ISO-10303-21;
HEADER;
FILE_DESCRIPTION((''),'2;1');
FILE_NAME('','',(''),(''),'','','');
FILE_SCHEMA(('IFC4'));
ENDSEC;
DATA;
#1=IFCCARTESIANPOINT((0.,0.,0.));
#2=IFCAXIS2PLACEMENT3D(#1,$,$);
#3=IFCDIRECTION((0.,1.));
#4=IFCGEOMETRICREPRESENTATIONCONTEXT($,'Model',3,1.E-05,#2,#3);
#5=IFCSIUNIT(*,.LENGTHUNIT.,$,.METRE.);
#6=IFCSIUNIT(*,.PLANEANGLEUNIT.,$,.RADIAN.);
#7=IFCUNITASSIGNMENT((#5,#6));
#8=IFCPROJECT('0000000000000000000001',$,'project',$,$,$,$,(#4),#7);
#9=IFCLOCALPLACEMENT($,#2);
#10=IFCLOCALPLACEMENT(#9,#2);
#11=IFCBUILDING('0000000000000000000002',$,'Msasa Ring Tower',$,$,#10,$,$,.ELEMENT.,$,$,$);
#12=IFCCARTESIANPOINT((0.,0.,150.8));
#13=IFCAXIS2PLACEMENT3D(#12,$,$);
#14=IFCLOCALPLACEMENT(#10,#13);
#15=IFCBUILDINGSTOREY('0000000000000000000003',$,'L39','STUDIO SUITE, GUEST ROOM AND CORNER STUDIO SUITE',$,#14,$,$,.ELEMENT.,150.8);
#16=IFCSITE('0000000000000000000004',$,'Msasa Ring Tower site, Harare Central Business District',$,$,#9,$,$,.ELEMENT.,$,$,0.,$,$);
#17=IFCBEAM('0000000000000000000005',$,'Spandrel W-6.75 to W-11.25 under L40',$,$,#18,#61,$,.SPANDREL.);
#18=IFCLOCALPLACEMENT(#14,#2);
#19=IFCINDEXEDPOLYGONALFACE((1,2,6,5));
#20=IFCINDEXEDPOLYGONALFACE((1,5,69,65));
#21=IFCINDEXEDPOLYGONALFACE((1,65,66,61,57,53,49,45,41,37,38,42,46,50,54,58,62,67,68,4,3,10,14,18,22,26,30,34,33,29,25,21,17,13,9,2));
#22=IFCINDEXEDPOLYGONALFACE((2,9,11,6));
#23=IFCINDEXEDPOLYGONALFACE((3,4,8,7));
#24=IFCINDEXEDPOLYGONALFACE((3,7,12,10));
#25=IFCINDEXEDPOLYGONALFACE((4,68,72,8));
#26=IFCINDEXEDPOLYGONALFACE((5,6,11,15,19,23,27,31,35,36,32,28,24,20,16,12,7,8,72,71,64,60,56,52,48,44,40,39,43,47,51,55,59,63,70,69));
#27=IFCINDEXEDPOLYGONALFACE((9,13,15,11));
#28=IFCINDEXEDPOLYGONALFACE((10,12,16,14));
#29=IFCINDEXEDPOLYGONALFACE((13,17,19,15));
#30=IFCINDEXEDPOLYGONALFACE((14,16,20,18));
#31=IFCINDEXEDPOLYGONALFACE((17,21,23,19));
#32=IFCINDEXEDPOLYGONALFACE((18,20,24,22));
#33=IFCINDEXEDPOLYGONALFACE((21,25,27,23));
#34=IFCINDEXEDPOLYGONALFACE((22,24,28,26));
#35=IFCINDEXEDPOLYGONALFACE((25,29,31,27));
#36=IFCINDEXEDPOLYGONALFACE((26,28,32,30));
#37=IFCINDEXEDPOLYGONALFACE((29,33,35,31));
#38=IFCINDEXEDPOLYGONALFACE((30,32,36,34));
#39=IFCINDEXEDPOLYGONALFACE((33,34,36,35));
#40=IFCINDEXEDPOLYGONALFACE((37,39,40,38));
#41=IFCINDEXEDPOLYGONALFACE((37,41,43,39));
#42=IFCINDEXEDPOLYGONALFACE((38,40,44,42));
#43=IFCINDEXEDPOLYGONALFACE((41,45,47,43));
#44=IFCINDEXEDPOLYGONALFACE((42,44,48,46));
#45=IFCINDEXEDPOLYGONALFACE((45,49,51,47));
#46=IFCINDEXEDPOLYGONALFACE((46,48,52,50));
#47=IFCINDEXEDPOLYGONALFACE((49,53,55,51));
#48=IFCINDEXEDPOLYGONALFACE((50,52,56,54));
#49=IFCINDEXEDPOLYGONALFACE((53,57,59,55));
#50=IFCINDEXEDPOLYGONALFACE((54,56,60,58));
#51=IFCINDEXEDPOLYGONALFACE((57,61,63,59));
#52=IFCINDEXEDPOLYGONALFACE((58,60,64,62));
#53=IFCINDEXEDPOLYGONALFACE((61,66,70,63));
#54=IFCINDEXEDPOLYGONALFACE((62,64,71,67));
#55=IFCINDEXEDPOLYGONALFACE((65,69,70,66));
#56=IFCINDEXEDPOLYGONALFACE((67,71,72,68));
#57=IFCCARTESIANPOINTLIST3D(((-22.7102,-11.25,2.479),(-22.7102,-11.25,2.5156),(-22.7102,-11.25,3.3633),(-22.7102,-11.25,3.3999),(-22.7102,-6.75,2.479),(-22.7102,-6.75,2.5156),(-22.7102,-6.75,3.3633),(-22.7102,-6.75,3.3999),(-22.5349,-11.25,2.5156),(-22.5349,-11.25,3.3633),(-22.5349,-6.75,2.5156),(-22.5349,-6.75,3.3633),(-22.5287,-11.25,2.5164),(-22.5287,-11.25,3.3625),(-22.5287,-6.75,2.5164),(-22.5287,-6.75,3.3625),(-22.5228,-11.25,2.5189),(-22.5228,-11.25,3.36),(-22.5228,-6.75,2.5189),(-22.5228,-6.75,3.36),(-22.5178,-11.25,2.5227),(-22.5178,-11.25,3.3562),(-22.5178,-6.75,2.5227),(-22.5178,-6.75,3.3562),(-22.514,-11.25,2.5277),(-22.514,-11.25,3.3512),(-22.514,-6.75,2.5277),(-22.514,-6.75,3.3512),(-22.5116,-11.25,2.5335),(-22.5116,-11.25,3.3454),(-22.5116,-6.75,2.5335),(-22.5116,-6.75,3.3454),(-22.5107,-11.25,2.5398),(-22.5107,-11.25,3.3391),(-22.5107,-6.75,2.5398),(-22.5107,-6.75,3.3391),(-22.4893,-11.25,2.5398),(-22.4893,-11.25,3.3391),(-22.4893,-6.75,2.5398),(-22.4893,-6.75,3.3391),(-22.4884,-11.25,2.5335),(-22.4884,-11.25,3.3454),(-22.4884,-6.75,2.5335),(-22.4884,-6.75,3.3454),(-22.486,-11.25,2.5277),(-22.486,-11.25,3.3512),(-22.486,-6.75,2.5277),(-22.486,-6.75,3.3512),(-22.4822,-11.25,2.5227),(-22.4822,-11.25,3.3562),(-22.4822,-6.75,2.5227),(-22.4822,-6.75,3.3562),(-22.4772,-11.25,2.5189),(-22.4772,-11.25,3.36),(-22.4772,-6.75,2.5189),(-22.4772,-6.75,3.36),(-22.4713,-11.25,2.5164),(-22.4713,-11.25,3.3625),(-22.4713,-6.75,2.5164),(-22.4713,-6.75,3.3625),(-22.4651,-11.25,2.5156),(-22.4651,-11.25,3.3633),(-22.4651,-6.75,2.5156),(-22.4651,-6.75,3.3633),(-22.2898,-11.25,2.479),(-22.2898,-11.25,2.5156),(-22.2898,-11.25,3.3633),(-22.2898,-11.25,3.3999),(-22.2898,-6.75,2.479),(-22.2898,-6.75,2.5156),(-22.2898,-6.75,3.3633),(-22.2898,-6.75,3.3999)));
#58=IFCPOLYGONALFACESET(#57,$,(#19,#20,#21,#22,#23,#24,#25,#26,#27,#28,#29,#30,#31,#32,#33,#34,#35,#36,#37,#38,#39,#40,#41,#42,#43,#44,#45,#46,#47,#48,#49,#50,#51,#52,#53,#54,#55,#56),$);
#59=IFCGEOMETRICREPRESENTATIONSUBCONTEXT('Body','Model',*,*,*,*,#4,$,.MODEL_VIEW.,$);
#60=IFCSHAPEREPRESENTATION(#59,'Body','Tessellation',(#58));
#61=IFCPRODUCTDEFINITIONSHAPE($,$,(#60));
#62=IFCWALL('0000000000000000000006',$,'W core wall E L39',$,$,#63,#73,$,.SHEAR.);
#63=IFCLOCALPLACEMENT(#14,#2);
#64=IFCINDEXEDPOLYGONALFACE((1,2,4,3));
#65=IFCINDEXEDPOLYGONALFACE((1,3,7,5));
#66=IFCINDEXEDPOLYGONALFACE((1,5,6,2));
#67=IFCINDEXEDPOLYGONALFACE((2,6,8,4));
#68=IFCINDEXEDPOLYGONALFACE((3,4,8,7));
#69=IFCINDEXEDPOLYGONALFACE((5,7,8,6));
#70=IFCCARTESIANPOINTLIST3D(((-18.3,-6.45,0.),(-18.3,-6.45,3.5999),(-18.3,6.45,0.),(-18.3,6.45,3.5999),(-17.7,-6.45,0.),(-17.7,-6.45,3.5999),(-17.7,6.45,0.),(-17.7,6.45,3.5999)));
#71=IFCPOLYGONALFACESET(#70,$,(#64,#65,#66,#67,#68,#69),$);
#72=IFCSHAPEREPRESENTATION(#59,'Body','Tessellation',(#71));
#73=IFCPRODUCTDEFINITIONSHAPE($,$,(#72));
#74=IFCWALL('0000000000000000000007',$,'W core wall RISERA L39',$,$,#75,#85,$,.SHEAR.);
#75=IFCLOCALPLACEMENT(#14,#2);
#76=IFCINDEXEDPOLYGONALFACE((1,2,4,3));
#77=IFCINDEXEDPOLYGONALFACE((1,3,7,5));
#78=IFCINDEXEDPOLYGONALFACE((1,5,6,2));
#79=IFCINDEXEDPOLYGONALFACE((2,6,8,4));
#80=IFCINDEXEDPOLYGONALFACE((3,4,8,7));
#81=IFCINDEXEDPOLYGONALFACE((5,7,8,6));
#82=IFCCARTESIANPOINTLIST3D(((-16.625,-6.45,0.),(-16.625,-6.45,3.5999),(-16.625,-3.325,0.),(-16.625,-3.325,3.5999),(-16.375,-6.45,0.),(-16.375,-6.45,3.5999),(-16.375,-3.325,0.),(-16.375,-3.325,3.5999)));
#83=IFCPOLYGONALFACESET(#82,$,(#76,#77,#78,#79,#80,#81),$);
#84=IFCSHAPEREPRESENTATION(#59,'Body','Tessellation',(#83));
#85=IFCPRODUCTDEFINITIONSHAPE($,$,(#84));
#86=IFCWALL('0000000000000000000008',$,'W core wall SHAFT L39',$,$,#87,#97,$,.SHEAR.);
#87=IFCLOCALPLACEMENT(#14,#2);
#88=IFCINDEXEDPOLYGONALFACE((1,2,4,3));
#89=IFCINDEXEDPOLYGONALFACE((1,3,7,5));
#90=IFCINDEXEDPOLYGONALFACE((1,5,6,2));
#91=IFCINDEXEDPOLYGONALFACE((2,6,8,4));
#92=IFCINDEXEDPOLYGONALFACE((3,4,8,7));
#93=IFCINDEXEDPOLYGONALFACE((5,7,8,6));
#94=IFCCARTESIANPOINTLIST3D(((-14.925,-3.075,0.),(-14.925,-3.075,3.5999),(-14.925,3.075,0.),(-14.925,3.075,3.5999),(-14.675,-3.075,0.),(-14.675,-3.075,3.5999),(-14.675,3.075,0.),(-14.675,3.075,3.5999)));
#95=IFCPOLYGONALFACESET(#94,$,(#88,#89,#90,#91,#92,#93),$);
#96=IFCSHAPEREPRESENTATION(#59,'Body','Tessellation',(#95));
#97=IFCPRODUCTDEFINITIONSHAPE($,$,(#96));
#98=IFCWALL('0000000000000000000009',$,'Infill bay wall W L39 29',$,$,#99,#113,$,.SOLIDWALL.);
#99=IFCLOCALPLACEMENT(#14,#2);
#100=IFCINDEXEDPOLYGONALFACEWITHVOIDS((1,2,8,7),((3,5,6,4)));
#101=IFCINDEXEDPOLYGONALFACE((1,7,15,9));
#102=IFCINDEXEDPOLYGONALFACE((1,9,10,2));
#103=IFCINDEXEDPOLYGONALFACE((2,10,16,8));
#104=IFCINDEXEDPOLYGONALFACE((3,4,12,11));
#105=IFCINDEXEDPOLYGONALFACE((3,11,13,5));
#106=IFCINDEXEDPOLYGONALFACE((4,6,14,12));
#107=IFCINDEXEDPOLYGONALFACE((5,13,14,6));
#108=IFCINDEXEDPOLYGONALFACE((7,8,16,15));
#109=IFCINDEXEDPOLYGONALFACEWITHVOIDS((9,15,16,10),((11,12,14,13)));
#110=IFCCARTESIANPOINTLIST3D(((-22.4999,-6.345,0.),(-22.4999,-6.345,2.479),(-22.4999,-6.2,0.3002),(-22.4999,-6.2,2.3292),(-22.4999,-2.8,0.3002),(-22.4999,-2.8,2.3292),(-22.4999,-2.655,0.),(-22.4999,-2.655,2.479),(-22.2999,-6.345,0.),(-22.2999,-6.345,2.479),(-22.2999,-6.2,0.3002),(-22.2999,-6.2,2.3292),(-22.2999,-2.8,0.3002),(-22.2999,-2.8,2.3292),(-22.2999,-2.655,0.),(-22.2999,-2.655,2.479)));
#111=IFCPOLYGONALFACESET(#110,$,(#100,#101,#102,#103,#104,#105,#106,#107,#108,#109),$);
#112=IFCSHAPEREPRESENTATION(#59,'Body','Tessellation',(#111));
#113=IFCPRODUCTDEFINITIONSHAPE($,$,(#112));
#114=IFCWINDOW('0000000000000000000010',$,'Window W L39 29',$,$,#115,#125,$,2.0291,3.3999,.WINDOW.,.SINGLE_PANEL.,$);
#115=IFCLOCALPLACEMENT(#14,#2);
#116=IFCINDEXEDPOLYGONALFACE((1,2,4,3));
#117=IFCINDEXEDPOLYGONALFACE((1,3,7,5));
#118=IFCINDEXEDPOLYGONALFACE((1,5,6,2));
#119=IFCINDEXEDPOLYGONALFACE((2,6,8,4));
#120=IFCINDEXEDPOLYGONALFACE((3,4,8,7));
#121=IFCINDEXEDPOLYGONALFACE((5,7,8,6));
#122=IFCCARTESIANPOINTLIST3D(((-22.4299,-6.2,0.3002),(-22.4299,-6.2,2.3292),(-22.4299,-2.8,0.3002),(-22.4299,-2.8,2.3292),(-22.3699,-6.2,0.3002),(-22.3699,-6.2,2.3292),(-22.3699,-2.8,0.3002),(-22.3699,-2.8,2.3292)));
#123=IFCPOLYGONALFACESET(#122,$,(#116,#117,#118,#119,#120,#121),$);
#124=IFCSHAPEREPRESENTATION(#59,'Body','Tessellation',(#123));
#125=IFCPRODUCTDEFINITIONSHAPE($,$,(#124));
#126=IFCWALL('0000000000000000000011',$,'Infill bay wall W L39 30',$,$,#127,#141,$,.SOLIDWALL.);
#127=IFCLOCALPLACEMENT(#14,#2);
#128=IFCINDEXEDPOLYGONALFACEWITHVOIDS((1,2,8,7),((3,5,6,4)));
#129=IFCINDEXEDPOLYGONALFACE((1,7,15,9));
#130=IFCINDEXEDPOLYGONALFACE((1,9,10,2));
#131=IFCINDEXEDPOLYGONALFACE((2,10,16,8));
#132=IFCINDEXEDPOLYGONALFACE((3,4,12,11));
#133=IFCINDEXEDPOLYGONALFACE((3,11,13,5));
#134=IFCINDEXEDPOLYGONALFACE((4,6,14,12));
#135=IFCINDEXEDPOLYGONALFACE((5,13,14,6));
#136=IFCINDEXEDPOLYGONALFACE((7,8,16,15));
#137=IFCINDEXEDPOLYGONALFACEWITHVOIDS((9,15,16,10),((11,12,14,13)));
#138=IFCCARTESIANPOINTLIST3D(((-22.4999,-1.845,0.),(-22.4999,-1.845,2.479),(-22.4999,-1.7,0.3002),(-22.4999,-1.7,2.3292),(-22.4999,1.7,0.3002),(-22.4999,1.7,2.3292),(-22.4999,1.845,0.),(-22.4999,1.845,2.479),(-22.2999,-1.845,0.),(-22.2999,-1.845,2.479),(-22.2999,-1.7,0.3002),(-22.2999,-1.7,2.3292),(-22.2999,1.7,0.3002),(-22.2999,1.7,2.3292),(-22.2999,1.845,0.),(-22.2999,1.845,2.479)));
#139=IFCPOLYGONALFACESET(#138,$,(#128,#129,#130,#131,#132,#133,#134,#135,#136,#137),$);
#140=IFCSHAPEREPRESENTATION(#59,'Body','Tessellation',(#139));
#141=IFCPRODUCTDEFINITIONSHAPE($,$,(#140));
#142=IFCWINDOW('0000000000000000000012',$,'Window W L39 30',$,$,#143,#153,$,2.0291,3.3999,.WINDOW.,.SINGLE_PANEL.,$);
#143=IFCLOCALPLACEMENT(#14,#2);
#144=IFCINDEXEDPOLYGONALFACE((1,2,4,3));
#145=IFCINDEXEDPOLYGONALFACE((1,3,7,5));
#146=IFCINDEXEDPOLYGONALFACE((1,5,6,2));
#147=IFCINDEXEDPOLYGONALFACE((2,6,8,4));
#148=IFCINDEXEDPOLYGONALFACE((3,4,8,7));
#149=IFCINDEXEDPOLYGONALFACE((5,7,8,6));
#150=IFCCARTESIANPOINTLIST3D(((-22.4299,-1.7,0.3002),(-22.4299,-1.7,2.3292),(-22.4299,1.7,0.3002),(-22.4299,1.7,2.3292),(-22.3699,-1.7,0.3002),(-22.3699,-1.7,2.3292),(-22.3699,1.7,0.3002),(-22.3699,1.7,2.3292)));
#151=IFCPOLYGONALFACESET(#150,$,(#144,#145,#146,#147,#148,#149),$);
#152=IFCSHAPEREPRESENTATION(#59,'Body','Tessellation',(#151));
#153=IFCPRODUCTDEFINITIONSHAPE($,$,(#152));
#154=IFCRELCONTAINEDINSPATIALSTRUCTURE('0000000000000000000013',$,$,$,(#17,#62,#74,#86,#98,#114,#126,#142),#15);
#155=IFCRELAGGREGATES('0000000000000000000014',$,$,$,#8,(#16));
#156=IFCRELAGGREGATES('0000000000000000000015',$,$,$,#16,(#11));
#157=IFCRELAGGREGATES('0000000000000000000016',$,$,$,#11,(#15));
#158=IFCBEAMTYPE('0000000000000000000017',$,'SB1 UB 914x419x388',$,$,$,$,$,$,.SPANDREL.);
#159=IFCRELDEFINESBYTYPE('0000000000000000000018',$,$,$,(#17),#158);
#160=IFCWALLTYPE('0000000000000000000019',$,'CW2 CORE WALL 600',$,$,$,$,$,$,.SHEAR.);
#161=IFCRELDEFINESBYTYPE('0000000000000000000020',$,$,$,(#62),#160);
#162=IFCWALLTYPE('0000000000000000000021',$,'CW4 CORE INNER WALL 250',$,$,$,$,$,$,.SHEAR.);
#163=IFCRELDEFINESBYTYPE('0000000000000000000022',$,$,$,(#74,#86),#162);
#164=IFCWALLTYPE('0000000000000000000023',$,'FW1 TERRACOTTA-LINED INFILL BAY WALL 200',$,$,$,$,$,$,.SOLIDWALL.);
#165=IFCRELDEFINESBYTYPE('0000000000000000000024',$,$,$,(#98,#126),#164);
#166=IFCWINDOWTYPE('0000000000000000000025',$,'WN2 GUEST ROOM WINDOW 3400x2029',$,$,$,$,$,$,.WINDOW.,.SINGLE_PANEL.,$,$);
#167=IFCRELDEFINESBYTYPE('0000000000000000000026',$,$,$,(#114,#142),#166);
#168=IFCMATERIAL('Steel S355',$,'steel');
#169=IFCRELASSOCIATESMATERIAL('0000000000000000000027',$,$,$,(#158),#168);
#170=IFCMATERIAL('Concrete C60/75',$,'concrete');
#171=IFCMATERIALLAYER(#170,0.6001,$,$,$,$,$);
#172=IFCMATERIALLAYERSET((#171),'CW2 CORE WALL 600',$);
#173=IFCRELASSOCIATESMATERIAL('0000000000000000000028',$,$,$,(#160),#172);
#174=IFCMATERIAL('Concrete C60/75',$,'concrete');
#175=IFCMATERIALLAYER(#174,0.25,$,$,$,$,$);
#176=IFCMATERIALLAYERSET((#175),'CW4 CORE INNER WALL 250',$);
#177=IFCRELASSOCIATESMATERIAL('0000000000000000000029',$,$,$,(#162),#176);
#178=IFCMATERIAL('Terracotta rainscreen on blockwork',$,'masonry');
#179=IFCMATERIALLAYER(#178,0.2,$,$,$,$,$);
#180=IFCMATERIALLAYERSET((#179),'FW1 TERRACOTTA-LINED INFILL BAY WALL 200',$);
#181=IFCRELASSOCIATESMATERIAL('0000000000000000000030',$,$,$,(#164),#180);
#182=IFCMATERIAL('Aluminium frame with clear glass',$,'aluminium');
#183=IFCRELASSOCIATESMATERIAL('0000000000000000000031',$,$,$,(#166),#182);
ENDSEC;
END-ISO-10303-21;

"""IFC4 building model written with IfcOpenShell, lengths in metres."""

from ifc_helpers import new_model, si_unit, direction, frame, frame_2d, origin, origin_2d, place, context, subcontext, project, spatial, rectangle, i_section, extrude, material, layer, layer_set, material_profile, profile_set, type_object, element, fill, save


model = new_model("IFC4")

# Units and contexts
model_context = context("Model", 3, precision=1e-05, world=origin(), true_north=direction((0.0, 1.0)))
body_context = subcontext(model_context, "Body", "Model", "MODEL_VIEW")
ifc_project = project(units=[si_unit("LENGTHUNIT", "METRE"), si_unit("PLANEANGLEUNIT", "RADIAN")], contexts=[model_context])

# Site, building, storey
site_placement = place(None, origin())
site = spatial("IfcSite", under=ifc_project, at=site_placement, Name="Msasa Ring Tower site, Harare Central Business District", CompositionType="ELEMENT", RefElevation=0.0)
building_placement = place(site_placement, origin())
building = spatial("IfcBuilding", under=site, at=building_placement, Name="Msasa Ring Tower", CompositionType="ELEMENT")
storey_placement = place(building_placement, frame((0.0, 0.0, 150.8)))
storey = spatial("IfcBuildingStorey", under=building, at=storey_placement, Name="L39", Description="STUDIO SUITE, GUEST ROOM AND CORNER STUDIO SUITE", CompositionType="ELEMENT", Elevation=150.8)

# Beam
ifc_material_1 = material(Name="Steel S355", Category="steel")
ifc_material_profile_1 = material_profile(ifc_material_1, i_section(OverallWidth=0.4204, OverallDepth=0.9209, WebThickness=0.0215, FlangeThickness=0.0366, FilletRadius=0.0242, at=origin_2d()), Name="UB 914x419x388")
ifc_profile_set_1 = profile_set([ifc_material_profile_1], Name="Steel S355")
beam_type_1 = type_object("IfcBeamType", Name="SB1 UB 914x419x388", PredefinedType="SPANDREL", material=ifc_profile_set_1)
for number, where, z_axis, x_axis, name in (
    (1, (-22.5, -6.75, 2.9395), (0.0, -1.0, 0.0), (1.0, 0.0, 0.0), "Spandrel W-6.75 to W-11.25 under L40"),
):
    element("IfcBeam", number, at=place(storey_placement, frame(where, z_axis=z_axis, x_axis=x_axis)), inside=storey, type_object=beam_type_1, Name=name, PredefinedType="SPANDREL", context=body_context, shape_type="SweptSolid", body=[
        extrude(i_section(OverallWidth=0.4204, OverallDepth=0.9209, WebThickness=0.0215, FlangeThickness=0.0366, FilletRadius=0.0242, at=origin_2d()), origin(), (0.0, 0.0, 1.0), 4.5),
    ])

# Walls
ifc_material_2 = material(Name="Concrete C60/75", Category="concrete")
ifc_layer_1 = layer(ifc_material_2, 0.6001)
ifc_layer_set_1 = layer_set([ifc_layer_1], Name="CW2 CORE WALL 600")
wall_type_1 = type_object("IfcWallType", Name="CW2 CORE WALL 600", PredefinedType="SHEAR", material=ifc_layer_set_1)
wall_1_placement = place(storey_placement, frame((-18.0, -6.45, 0.0), z_axis=(0.0, 0.0, 1.0), x_axis=(0.0, 1.0, 0.0)))
element("IfcWall", 2, at=wall_1_placement, inside=storey, type_object=wall_type_1, Name="W core wall E L39", PredefinedType="SHEAR", context=body_context, shape_type="SweptSolid", body=[
    extrude(rectangle(XDim=12.8999, YDim=0.6001, at=frame_2d((6.45, 0.0))), origin(), (0.0, 0.0, 1.0), 3.5999),
])
ifc_material_3 = material(Name="Concrete C60/75", Category="concrete")
ifc_layer_2 = layer(ifc_material_3, 0.25)
ifc_layer_set_2 = layer_set([ifc_layer_2], Name="CW4 CORE INNER WALL 250")
wall_type_2 = type_object("IfcWallType", Name="CW4 CORE INNER WALL 250", PredefinedType="SHEAR", material=ifc_layer_set_2)
wall_2_placement = place(storey_placement, frame((-16.5, -6.45, 0.0), z_axis=(0.0, 0.0, 1.0), x_axis=(0.0, 1.0, 0.0)))
element("IfcWall", 3, at=wall_2_placement, inside=storey, type_object=wall_type_2, Name="W core wall RISERA L39", PredefinedType="SHEAR", context=body_context, shape_type="SweptSolid", body=[
    extrude(rectangle(XDim=3.125, YDim=0.25, at=frame_2d((1.5625, 0.0))), origin(), (0.0, 0.0, 1.0), 3.5999),
])
wall_3_placement = place(storey_placement, frame((-14.8, -3.075, 0.0), z_axis=(0.0, 0.0, 1.0), x_axis=(0.0, 1.0, 0.0)))
element("IfcWall", 4, at=wall_3_placement, inside=storey, type_object=wall_type_2, Name="W core wall SHAFT L39", PredefinedType="SHEAR", context=body_context, shape_type="SweptSolid", body=[
    extrude(rectangle(XDim=6.1499, YDim=0.25, at=frame_2d((3.075, 0.0))), origin(), (0.0, 0.0, 1.0), 3.5999),
])

# Walls, openings, windows
ifc_material_4 = material(Name="Terracotta rainscreen on blockwork", Category="masonry")
ifc_layer_3 = layer(ifc_material_4, 0.2)
ifc_layer_set_3 = layer_set([ifc_layer_3], Name="FW1 TERRACOTTA-LINED INFILL BAY WALL 200")
wall_type_3 = type_object("IfcWallType", Name="FW1 TERRACOTTA-LINED INFILL BAY WALL 200", PredefinedType="SOLIDWALL", material=ifc_layer_set_3)
wall_4_placement = place(storey_placement, frame((-22.3999, -6.345, 0.0), z_axis=(0.0, 0.0, 1.0), x_axis=(0.0, 1.0, 0.0)))
wall_4 = element("IfcWall", 5, at=wall_4_placement, inside=storey, type_object=wall_type_3, Name="Infill bay wall W L39 29", PredefinedType="SOLIDWALL", context=body_context, shape_type="SweptSolid", body=[
    extrude(rectangle(XDim=3.6899, YDim=0.2, at=frame_2d((1.845, 0.0))), origin(), (0.0, 0.0, 1.0), 2.479),
])
opening_1_placement = place(wall_4_placement, frame((0.145, 0.0, 0.3)))
opening_1 = element("IfcOpeningElement", 6, at=opening_1_placement, cuts=wall_4, PredefinedType="OPENING", context=body_context, shape_type="SweptSolid", body=[
    extrude(rectangle(XDim=3.3999, YDim=2.0291, at=frame_2d((1.7, 1.0146))), frame((0.0, 0.1099, 0.0), z_axis=(0.0, -1.0, 0.0), x_axis=(1.0, 0.0, 0.0)), (0.0, 0.0, 1.0), 0.22),
])
ifc_material_5 = material(Name="Aluminium frame with clear glass", Category="aluminium")
window_type = type_object("IfcWindowType", Name="WN2 GUEST ROOM WINDOW 3400x2029", PartitioningType="SINGLE_PANEL", PredefinedType="WINDOW", material=ifc_material_5)
window_1_placement = place(opening_1_placement, origin())
window_1 = element("IfcWindow", 7, at=window_1_placement, inside=storey, type_object=window_type, Name="Window W L39 29", OverallHeight=2.0291, OverallWidth=3.3999, PartitioningType="SINGLE_PANEL", PredefinedType="WINDOW", context=body_context, shape_type="SweptSolid", body=[
    extrude(rectangle(XDim=3.3999, YDim=2.0291, at=frame_2d((1.7, 1.0146))), frame((0.0, 0.03, 0.0), z_axis=(0.0, -1.0, 0.0), x_axis=(1.0, 0.0, 0.0)), (0.0, 0.0, 1.0), 0.0601),
])
fill(opening_1, window_1)
wall_5_placement = place(storey_placement, frame((-22.3999, -1.845, 0.0), z_axis=(0.0, 0.0, 1.0), x_axis=(0.0, 1.0, 0.0)))
wall_5 = element("IfcWall", 8, at=wall_5_placement, inside=storey, type_object=wall_type_3, Name="Infill bay wall W L39 30", PredefinedType="SOLIDWALL", context=body_context, shape_type="SweptSolid", body=[
    extrude(rectangle(XDim=3.6899, YDim=0.2, at=frame_2d((1.845, 0.0))), origin(), (0.0, 0.0, 1.0), 2.479),
])
opening_2_placement = place(wall_5_placement, frame((0.145, 0.0, 0.3)))
opening_2 = element("IfcOpeningElement", 9, at=opening_2_placement, cuts=wall_5, PredefinedType="OPENING", context=body_context, shape_type="SweptSolid", body=[
    extrude(rectangle(XDim=3.3999, YDim=2.0291, at=frame_2d((1.7, 1.0146))), frame((0.0, 0.1099, 0.0), z_axis=(0.0, -1.0, 0.0), x_axis=(1.0, 0.0, 0.0)), (0.0, 0.0, 1.0), 0.22),
])
window_2_placement = place(opening_2_placement, origin())
window_2 = element("IfcWindow", 10, at=window_2_placement, inside=storey, type_object=window_type, Name="Window W L39 30", OverallHeight=2.0291, OverallWidth=3.3999, PartitioningType="SINGLE_PANEL", PredefinedType="WINDOW", context=body_context, shape_type="SweptSolid", body=[
    extrude(rectangle(XDim=3.3999, YDim=2.0291, at=frame_2d((1.7, 1.0146))), frame((0.0, 0.03, 0.0), z_axis=(0.0, -1.0, 0.0), x_axis=(1.0, 0.0, 0.0)), (0.0, 0.0, 1.0), 0.0601),
])
fill(opening_2, window_2)

save(model, "model.ifc")
